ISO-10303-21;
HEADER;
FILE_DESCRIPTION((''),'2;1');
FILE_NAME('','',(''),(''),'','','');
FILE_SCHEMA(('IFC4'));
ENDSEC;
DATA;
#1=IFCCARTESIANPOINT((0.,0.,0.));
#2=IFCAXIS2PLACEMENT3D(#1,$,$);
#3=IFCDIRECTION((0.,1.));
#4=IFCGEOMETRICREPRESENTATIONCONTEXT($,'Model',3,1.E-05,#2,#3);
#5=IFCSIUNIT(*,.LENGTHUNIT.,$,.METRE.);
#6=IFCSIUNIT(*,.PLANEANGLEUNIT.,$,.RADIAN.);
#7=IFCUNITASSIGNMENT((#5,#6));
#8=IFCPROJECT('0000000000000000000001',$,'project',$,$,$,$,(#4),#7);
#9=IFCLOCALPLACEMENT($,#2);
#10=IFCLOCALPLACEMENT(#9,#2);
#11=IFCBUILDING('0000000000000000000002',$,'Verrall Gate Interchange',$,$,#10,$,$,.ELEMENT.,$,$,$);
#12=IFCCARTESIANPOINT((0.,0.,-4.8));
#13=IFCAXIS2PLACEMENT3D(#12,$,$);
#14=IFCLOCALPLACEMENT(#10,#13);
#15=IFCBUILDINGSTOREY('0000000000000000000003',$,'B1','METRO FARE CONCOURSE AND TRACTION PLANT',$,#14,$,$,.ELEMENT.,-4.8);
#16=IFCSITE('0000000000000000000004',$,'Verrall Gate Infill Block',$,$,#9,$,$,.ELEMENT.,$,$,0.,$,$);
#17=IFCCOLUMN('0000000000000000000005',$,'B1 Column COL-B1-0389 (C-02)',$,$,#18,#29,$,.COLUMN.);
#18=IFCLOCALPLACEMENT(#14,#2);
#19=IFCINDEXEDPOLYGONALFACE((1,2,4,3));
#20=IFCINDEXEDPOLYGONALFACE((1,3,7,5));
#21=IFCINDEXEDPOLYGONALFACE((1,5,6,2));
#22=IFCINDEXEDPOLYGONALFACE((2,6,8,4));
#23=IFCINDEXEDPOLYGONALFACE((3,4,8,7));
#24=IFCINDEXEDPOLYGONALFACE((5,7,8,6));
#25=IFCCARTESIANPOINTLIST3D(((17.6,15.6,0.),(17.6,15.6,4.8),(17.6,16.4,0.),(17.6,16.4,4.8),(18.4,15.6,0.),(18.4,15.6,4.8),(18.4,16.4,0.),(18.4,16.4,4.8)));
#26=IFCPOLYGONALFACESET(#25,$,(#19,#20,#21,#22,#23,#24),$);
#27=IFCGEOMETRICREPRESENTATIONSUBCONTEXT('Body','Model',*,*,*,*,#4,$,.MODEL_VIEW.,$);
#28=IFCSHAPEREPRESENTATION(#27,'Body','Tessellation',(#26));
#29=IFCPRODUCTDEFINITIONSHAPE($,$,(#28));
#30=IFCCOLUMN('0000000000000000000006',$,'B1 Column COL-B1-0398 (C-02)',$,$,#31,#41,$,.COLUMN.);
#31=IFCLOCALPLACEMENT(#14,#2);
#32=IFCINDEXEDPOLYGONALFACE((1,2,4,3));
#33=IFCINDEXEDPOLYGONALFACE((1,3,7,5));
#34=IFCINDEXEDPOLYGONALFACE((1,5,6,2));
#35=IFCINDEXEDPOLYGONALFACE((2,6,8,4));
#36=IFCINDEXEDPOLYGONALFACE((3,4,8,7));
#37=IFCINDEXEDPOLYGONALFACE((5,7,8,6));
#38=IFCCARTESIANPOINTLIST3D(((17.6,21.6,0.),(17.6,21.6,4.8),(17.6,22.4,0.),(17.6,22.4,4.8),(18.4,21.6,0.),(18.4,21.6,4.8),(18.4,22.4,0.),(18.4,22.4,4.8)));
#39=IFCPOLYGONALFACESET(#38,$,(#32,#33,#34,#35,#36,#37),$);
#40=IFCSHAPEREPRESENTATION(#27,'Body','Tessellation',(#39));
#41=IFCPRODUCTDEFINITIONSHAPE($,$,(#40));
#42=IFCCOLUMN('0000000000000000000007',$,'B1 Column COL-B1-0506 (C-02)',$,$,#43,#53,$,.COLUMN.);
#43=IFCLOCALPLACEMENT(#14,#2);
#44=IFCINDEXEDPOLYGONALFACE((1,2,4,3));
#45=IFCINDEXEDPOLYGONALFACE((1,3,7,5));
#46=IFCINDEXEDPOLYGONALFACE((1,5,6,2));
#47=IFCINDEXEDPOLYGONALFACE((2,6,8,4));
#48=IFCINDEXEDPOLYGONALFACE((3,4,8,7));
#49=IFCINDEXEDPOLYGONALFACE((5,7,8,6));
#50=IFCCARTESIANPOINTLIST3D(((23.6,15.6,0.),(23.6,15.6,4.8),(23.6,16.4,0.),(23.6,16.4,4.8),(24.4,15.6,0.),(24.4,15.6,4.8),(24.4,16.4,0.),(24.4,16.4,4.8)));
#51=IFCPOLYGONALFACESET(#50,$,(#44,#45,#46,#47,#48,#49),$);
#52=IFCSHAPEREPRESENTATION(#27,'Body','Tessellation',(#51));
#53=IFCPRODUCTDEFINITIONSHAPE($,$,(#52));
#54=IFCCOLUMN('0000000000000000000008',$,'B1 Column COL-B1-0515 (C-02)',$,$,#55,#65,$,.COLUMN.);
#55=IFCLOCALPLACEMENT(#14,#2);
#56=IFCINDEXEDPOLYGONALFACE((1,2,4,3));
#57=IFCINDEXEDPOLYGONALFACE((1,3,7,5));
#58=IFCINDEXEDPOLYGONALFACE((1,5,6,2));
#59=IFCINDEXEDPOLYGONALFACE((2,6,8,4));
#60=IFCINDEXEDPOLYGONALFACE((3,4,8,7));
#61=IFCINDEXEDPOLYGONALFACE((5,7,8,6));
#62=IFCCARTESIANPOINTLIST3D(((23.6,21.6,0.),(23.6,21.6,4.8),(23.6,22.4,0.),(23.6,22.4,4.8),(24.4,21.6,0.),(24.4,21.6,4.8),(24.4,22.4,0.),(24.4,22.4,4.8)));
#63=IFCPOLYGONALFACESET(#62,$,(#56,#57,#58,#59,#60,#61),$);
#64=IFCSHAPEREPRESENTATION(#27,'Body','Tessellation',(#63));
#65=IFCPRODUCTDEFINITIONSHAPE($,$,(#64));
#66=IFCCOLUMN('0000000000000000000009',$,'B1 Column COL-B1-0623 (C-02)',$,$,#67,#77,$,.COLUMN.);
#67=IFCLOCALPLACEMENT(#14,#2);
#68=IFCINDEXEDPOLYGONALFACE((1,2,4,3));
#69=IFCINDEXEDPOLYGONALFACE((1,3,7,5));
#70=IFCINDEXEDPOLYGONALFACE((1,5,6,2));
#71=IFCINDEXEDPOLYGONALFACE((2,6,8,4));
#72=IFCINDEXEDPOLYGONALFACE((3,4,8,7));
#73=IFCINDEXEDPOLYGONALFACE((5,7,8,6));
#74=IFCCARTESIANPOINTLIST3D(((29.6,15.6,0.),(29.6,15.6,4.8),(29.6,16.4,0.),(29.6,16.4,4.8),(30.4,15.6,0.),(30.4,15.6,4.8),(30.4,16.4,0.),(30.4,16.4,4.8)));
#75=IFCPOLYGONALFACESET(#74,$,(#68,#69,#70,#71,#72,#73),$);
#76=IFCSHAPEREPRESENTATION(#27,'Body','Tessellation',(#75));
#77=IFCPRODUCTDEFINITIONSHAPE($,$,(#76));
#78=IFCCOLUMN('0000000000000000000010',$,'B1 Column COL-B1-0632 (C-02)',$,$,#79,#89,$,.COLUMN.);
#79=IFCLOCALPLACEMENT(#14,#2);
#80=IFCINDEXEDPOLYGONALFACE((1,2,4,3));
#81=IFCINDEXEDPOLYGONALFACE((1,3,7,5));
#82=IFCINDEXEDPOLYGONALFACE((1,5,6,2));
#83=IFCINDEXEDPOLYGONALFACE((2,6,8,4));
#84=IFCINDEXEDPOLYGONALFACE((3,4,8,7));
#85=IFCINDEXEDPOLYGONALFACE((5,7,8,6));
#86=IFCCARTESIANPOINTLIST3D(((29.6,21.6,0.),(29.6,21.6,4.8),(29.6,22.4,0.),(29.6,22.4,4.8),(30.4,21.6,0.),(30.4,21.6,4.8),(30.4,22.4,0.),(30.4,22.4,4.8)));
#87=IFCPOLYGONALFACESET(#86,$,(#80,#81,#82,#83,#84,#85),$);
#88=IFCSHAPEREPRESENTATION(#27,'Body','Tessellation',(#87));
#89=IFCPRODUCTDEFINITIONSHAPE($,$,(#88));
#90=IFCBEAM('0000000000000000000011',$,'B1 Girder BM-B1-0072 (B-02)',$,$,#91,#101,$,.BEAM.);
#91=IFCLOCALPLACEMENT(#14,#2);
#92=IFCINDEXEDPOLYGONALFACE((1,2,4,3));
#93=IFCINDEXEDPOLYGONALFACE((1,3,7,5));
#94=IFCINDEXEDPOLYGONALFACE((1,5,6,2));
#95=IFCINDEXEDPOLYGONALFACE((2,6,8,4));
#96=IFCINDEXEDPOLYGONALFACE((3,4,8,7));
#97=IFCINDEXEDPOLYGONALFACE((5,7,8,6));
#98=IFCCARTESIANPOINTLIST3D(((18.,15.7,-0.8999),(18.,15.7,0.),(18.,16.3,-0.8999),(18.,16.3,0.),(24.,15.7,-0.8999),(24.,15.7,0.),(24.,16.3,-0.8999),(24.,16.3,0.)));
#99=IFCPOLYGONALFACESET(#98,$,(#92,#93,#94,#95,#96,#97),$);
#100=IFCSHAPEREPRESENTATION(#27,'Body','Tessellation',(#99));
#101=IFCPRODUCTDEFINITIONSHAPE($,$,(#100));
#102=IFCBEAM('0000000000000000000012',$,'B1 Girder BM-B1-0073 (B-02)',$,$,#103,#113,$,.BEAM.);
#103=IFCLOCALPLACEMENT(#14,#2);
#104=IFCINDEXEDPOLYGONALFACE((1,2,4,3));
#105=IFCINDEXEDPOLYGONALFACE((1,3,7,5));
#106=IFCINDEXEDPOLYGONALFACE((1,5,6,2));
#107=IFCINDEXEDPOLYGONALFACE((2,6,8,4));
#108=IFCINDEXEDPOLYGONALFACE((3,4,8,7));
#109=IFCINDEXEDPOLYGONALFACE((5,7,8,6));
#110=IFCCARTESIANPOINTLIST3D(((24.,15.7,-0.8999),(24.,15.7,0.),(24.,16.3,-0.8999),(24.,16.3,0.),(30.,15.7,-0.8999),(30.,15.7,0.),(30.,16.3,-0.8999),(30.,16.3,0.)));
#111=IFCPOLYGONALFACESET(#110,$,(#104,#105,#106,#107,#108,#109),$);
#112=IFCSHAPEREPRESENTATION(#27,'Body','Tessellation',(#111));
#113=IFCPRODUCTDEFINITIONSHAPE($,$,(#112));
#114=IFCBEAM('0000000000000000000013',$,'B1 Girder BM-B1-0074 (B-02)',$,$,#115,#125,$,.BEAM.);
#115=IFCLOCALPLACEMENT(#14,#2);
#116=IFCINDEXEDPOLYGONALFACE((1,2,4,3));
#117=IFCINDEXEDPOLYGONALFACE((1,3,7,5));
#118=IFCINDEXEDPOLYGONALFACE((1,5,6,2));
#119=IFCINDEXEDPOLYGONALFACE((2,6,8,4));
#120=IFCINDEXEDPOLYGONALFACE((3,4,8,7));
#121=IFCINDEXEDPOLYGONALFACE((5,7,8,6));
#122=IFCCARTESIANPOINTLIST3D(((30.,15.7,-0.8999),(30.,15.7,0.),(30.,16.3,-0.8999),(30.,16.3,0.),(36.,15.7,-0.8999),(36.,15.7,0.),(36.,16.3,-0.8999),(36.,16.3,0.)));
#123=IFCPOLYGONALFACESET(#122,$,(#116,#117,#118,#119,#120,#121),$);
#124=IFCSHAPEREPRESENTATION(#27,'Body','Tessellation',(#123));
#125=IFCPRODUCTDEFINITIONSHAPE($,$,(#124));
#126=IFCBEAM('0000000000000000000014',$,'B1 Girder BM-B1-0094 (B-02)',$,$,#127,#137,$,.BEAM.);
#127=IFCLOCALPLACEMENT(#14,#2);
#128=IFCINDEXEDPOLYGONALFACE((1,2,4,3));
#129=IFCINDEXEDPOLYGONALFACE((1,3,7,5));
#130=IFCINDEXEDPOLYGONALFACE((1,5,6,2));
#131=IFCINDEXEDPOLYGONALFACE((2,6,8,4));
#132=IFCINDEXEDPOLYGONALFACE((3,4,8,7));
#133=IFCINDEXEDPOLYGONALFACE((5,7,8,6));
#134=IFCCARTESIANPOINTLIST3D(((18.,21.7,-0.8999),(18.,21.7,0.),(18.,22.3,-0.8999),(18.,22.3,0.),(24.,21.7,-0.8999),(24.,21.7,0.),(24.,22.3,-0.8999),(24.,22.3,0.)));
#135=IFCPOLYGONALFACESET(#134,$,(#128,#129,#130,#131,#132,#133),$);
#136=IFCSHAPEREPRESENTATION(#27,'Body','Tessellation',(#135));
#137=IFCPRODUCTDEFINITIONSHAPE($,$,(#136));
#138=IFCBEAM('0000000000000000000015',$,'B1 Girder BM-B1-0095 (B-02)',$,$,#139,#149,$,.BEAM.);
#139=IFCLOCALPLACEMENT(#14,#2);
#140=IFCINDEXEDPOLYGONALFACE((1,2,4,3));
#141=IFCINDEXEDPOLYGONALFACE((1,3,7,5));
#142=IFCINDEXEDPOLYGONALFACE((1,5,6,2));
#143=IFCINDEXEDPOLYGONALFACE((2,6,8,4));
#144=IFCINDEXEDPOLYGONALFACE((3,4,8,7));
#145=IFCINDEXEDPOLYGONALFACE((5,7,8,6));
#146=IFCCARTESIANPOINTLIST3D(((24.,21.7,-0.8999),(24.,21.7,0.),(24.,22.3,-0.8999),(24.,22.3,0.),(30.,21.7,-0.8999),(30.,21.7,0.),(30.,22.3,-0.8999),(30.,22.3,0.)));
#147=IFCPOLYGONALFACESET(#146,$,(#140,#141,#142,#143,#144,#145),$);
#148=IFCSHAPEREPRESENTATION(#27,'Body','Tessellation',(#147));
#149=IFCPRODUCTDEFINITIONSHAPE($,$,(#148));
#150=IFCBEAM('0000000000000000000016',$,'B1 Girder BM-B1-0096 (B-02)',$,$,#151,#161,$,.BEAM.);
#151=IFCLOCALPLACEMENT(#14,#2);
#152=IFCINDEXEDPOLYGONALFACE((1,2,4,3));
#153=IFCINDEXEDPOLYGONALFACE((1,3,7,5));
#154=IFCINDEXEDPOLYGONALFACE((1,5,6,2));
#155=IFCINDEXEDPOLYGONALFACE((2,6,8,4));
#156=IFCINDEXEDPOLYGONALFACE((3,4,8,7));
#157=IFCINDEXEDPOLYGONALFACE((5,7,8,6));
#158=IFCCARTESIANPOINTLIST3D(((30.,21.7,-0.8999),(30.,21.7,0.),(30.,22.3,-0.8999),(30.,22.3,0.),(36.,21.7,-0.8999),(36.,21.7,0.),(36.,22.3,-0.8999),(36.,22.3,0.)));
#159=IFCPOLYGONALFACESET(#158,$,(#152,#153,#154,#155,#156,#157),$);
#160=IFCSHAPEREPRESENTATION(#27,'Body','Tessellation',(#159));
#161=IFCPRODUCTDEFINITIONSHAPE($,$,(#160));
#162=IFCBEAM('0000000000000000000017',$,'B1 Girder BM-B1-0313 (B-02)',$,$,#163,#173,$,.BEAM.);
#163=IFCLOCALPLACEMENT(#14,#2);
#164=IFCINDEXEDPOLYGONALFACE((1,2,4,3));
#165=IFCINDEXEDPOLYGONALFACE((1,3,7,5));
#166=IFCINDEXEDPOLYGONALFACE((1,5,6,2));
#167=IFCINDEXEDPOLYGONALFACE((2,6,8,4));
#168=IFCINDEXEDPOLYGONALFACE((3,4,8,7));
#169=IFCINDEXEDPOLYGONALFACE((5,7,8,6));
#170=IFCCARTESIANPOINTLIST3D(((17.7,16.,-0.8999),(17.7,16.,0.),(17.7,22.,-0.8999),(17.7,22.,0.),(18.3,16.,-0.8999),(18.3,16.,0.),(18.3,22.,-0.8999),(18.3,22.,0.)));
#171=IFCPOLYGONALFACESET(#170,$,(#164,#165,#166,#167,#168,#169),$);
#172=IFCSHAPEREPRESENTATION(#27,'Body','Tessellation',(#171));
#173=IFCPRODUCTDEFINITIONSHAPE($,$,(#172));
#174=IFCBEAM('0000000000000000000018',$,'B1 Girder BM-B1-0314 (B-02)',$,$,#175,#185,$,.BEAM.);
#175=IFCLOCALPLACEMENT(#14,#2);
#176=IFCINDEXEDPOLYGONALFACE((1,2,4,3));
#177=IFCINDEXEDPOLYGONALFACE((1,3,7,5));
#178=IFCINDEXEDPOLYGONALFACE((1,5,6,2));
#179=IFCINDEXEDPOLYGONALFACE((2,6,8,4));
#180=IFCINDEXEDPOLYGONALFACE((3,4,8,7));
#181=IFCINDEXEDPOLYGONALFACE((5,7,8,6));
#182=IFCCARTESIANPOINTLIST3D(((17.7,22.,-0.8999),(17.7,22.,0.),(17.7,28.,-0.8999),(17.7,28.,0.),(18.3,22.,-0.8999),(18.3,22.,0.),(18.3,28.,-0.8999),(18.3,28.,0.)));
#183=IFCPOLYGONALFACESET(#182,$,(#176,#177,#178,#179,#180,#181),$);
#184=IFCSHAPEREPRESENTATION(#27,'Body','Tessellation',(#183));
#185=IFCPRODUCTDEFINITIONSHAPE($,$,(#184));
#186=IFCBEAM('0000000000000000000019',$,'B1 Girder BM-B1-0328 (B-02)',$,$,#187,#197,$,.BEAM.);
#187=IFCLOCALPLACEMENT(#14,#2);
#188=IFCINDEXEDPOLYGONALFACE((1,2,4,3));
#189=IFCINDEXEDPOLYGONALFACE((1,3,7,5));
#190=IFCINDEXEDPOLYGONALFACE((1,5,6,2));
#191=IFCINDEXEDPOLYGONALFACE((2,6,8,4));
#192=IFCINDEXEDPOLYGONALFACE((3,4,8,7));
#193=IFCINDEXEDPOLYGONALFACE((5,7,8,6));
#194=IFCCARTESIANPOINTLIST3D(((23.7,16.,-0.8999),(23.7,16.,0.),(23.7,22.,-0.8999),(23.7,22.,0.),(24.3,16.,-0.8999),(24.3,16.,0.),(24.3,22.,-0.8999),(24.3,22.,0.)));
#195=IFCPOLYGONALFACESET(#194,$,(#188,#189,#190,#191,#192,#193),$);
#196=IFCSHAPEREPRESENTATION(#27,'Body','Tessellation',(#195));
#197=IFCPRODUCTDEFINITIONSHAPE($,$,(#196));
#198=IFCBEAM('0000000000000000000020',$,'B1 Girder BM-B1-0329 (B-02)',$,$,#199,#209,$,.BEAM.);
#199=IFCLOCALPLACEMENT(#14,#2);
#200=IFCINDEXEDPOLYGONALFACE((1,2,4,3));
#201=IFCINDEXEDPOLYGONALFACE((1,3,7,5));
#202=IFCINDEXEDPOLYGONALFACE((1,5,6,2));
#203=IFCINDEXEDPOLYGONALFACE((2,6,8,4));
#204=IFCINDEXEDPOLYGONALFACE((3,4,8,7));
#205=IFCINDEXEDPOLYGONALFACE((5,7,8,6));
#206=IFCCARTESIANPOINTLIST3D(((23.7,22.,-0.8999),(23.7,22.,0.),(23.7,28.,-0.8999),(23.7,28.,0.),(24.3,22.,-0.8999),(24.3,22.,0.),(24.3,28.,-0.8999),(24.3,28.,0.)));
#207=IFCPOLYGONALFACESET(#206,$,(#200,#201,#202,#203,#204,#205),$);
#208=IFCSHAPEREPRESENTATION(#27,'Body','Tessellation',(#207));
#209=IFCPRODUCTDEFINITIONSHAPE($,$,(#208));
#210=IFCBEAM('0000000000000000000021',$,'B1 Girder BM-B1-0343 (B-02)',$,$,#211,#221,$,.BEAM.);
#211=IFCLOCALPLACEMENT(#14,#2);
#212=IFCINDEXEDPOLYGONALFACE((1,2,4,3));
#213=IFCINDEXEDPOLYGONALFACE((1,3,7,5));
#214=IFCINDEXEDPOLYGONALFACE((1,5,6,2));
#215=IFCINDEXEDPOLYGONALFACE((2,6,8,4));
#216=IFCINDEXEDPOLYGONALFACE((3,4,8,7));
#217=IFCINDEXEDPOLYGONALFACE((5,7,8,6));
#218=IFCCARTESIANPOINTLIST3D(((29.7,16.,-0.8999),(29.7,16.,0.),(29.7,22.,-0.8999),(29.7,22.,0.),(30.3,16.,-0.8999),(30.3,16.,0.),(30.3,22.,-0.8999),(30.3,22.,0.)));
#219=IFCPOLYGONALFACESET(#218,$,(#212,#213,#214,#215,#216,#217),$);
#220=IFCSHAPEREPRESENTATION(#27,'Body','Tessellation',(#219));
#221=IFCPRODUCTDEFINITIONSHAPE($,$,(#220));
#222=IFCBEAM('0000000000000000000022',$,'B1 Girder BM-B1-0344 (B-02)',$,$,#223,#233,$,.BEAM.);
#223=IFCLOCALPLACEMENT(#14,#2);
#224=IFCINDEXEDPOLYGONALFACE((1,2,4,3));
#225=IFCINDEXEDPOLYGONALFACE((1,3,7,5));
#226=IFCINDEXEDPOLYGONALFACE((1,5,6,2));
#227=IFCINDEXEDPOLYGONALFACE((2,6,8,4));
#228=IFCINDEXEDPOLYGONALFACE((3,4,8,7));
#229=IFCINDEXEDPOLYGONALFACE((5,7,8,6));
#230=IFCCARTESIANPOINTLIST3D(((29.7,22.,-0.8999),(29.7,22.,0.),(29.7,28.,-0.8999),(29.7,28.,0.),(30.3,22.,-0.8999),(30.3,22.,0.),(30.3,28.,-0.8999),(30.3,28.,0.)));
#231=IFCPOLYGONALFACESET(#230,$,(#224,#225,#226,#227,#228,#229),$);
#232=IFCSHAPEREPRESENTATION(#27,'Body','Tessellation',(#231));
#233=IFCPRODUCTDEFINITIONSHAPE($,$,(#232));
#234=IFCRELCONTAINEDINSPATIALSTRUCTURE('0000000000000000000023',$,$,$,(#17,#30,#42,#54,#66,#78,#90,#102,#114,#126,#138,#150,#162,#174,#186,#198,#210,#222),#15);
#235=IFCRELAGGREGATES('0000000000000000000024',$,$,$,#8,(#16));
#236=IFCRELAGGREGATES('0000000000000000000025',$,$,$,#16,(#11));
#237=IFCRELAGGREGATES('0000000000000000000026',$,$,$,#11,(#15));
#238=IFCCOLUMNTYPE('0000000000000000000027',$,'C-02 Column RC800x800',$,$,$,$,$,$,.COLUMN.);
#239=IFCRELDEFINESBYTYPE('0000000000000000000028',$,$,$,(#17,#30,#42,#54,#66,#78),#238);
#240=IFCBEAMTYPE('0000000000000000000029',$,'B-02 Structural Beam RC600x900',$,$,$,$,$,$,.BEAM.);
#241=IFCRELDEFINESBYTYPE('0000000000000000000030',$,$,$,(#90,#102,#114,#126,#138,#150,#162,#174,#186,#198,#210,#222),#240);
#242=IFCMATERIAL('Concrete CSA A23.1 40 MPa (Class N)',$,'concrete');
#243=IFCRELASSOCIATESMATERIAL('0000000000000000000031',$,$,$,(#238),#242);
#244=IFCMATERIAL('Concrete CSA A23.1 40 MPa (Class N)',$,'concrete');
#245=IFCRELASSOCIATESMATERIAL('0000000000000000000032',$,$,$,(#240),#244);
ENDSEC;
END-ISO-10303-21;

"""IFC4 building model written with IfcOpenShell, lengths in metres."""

from ifc_helpers import new_model, si_unit, direction, frame, origin, origin_2d, place, context, subcontext, project, spatial, rectangle, extrude, material, material_profile, profile_set, type_object, element, save


model = new_model("IFC4")

# Units and contexts
model_context = context("Model", 3, precision=1e-05, world=origin(), true_north=direction((0.0, 1.0)))
body_context = subcontext(model_context, "Body", "Model", "MODEL_VIEW")
ifc_project = project(units=[si_unit("LENGTHUNIT", "METRE"), si_unit("PLANEANGLEUNIT", "RADIAN")], contexts=[model_context])

# Site, building, storey
site_placement = place(None, origin())
site = spatial("IfcSite", under=ifc_project, at=site_placement, Name="Verrall Gate Infill Block", CompositionType="ELEMENT", RefElevation=0.0)
building_placement = place(site_placement, origin())
building = spatial("IfcBuilding", under=site, at=building_placement, Name="Verrall Gate Interchange", CompositionType="ELEMENT")
storey_placement = place(building_placement, frame((0.0, 0.0, -4.8)))
storey = spatial("IfcBuildingStorey", under=building, at=storey_placement, Name="B1", Description="METRO FARE CONCOURSE AND TRACTION PLANT", CompositionType="ELEMENT", Elevation=-4.8)

# Columns
ifc_material_1 = material(Name="Concrete CSA A23.1 40 MPa (Class N)", Category="concrete")
ifc_material_profile_1 = material_profile(ifc_material_1, rectangle(XDim=0.8, YDim=0.8, at=origin_2d()), Name="RC800x800")
ifc_profile_set_1 = profile_set([ifc_material_profile_1], Name="Concrete CSA A23.1 40 MPa (Class N)")
column_type = type_object("IfcColumnType", Name="C-02 Column RC800x800", PredefinedType="COLUMN", material=ifc_profile_set_1)
for number, where, z_axis, x_axis, name in (
    (1, (18.0, 16.0, 0.0), (0.0, 0.0, 1.0), (1.0, 0.0, 0.0), "B1 Column COL-B1-0389 (C-02)"),
    (2, (18.0, 22.0, 0.0), (0.0, 0.0, 1.0), (1.0, 0.0, 0.0), "B1 Column COL-B1-0398 (C-02)"),
    (3, (24.0, 16.0, 0.0), (0.0, 0.0, 1.0), (1.0, 0.0, 0.0), "B1 Column COL-B1-0506 (C-02)"),
    (4, (24.0, 22.0, 0.0), (0.0, 0.0, 1.0), (1.0, 0.0, 0.0), "B1 Column COL-B1-0515 (C-02)"),
    (5, (30.0, 16.0, 0.0), (0.0, 0.0, 1.0), (1.0, 0.0, 0.0), "B1 Column COL-B1-0623 (C-02)"),
    (6, (30.0, 22.0, 0.0), (0.0, 0.0, 1.0), (1.0, 0.0, 0.0), "B1 Column COL-B1-0632 (C-02)"),
):
    element("IfcColumn", number, at=place(storey_placement, frame(where, z_axis=z_axis, x_axis=x_axis)), inside=storey, type_object=column_type, Name=name, PredefinedType="COLUMN", context=body_context, shape_type="SweptSolid", body=[
        extrude(rectangle(XDim=0.8, YDim=0.8, at=origin_2d()), origin(), (0.0, 0.0, 1.0), 4.8),
    ])

# Beams
ifc_material_2 = material(Name="Concrete CSA A23.1 40 MPa (Class N)", Category="concrete")
ifc_material_profile_2 = material_profile(ifc_material_2, rectangle(XDim=0.6001, YDim=0.8999, at=origin_2d()), Name="RC600x900")
ifc_profile_set_2 = profile_set([ifc_material_profile_2], Name="Concrete CSA A23.1 40 MPa (Class N)")
beam_type_1 = type_object("IfcBeamType", Name="B-02 Structural Beam RC600x900", PredefinedType="BEAM", material=ifc_profile_set_2)
for number, where, z_axis, x_axis, name in (
    (7, (18.0, 16.0, -0.45), (1.0, 0.0, 0.0), (0.0, 1.0, 0.0), "B1 Girder BM-B1-0072 (B-02)"),
    (8, (24.0, 16.0, -0.45), (1.0, 0.0, 0.0), (0.0, 1.0, 0.0), "B1 Girder BM-B1-0073 (B-02)"),
    (9, (30.0, 16.0, -0.45), (1.0, 0.0, 0.0), (0.0, 1.0, 0.0), "B1 Girder BM-B1-0074 (B-02)"),
    (10, (18.0, 22.0, -0.45), (1.0, 0.0, 0.0), (0.0, 1.0, 0.0), "B1 Girder BM-B1-0094 (B-02)"),
    (11, (24.0, 22.0, -0.45), (1.0, 0.0, 0.0), (0.0, 1.0, 0.0), "B1 Girder BM-B1-0095 (B-02)"),
    (12, (30.0, 22.0, -0.45), (1.0, 0.0, 0.0), (0.0, 1.0, 0.0), "B1 Girder BM-B1-0096 (B-02)"),
    (13, (18.0, 16.0, -0.45), (0.0, 1.0, 0.0), (-1.0, 0.0, 0.0), "B1 Girder BM-B1-0313 (B-02)"),
    (14, (18.0, 22.0, -0.45), (0.0, 1.0, 0.0), (-1.0, 0.0, 0.0), "B1 Girder BM-B1-0314 (B-02)"),
    (15, (24.0, 16.0, -0.45), (0.0, 1.0, 0.0), (-1.0, 0.0, 0.0), "B1 Girder BM-B1-0328 (B-02)"),
    (16, (24.0, 22.0, -0.45), (0.0, 1.0, 0.0), (-1.0, 0.0, 0.0), "B1 Girder BM-B1-0329 (B-02)"),
    (17, (30.0, 16.0, -0.45), (0.0, 1.0, 0.0), (-1.0, 0.0, 0.0), "B1 Girder BM-B1-0343 (B-02)"),
    (18, (30.0, 22.0, -0.45), (0.0, 1.0, 0.0), (-1.0, 0.0, 0.0), "B1 Girder BM-B1-0344 (B-02)"),
):
    element("IfcBeam", number, at=place(storey_placement, frame(where, z_axis=z_axis, x_axis=x_axis)), inside=storey, type_object=beam_type_1, Name=name, PredefinedType="BEAM", context=body_context, shape_type="SweptSolid", body=[
        extrude(rectangle(XDim=0.6001, YDim=0.8999, at=origin_2d()), origin(), (0.0, 0.0, 1.0), 6.0),
    ])

save(model, "model.ifc")
